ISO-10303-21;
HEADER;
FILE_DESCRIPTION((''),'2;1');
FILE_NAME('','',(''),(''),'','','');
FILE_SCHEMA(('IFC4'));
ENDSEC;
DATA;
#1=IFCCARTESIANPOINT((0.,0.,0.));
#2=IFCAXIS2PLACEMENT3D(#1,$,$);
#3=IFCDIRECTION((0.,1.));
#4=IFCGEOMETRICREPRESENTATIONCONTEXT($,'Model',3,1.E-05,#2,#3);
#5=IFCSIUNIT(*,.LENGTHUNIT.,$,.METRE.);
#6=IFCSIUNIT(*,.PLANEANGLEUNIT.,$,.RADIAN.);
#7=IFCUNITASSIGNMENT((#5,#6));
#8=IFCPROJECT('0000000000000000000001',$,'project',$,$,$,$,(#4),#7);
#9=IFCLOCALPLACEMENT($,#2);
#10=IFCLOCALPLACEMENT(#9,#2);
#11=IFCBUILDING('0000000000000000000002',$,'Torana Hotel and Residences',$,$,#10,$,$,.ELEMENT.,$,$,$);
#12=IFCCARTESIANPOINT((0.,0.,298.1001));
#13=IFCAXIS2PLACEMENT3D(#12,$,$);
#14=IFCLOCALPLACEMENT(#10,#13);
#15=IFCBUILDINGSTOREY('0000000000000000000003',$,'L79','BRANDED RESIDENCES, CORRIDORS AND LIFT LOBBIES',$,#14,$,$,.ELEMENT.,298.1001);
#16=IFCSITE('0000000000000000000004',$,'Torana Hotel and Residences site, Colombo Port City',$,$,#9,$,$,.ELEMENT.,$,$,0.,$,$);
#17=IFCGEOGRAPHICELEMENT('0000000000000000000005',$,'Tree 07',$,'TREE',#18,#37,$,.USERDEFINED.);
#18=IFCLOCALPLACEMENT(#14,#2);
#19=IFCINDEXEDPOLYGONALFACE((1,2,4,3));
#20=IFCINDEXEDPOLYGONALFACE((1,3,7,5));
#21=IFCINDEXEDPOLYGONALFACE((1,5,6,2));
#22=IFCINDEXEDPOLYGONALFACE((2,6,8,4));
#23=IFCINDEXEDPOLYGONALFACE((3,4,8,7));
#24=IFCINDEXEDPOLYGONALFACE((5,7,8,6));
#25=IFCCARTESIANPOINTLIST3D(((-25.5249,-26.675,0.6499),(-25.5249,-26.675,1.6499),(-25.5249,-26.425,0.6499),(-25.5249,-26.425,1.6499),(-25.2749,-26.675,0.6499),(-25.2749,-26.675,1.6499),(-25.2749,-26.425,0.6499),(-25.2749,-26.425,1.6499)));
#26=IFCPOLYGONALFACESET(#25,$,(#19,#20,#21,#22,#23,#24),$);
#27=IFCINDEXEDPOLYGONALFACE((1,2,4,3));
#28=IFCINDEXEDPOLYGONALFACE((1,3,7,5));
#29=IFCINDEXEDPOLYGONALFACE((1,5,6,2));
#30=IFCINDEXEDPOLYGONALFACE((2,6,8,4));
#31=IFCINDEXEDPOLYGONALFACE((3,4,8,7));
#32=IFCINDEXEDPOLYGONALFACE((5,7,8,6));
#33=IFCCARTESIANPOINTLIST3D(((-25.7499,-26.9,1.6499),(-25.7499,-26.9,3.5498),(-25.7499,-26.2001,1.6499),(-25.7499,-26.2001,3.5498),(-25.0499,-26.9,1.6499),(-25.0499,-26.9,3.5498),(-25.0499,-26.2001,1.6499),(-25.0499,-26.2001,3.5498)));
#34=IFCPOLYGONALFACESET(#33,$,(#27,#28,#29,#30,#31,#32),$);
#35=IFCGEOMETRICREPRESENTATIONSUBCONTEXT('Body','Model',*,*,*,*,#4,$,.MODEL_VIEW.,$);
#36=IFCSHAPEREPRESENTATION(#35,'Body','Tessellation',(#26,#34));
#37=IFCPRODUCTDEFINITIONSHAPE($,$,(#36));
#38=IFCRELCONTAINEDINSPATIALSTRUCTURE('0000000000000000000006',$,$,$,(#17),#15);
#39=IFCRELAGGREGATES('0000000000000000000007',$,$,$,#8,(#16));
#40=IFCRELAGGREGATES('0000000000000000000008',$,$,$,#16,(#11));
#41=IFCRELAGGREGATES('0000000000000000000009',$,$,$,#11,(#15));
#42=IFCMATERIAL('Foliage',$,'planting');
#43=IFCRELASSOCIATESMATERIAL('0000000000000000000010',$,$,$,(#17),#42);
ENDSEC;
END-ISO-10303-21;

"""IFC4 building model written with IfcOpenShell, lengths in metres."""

from ifc_helpers import new_model, si_unit, direction, frame, origin, origin_2d, place, context, subcontext, project, spatial, rectangle, extrude, material, element, save


model = new_model("IFC4")

# Units and contexts
model_context = context("Model", 3, precision=1e-05, world=origin(), true_north=direction((0.0, 1.0)))
body_context = subcontext(model_context, "Body", "Model", "MODEL_VIEW")
ifc_project = project(units=[si_unit("LENGTHUNIT", "METRE"), si_unit("PLANEANGLEUNIT", "RADIAN")], contexts=[model_context])

# Site, building, storey
site_placement = place(None, origin())
site = spatial("IfcSite", under=ifc_project, at=site_placement, Name="Torana Hotel and Residences site, Colombo Port City", CompositionType="ELEMENT", RefElevation=0.0)
building_placement = place(site_placement, origin())
building = spatial("IfcBuilding", under=site, at=building_placement, Name="Torana Hotel and Residences", CompositionType="ELEMENT")
storey_placement = place(building_placement, frame((0.0, 0.0, 298.1001)))
storey = spatial("IfcBuildingStorey", under=building, at=storey_placement, Name="L79", Description="BRANDED RESIDENCES, CORRIDORS AND LIFT LOBBIES", CompositionType="ELEMENT", Elevation=298.1001)

# Geographic element
ifc_material_1 = material(Name="Foliage", Category="planting")
geographic_element_placement = place(storey_placement, frame((-25.3999, -26.55, 0.6499), z_axis=(0.0, 0.0, 1.0), x_axis=(1.0, 0.0, 0.0)))
element("IfcGeographicElement", 1, at=geographic_element_placement, inside=storey, material=ifc_material_1, Name="Tree 07", ObjectType="TREE", PredefinedType="USERDEFINED", context=body_context, shape_type="SweptSolid", body=[
    extrude(rectangle(XDim=0.25, YDim=0.25, at=origin_2d()), origin(), (0.0, 0.0, 1.0), 1.0),
    extrude(rectangle(XDim=0.7, YDim=0.7, at=origin_2d()), frame((0.0, 0.0, 1.0)), (0.0, 0.0, 1.0), 1.8999),
])

save(model, "model.ifc")
